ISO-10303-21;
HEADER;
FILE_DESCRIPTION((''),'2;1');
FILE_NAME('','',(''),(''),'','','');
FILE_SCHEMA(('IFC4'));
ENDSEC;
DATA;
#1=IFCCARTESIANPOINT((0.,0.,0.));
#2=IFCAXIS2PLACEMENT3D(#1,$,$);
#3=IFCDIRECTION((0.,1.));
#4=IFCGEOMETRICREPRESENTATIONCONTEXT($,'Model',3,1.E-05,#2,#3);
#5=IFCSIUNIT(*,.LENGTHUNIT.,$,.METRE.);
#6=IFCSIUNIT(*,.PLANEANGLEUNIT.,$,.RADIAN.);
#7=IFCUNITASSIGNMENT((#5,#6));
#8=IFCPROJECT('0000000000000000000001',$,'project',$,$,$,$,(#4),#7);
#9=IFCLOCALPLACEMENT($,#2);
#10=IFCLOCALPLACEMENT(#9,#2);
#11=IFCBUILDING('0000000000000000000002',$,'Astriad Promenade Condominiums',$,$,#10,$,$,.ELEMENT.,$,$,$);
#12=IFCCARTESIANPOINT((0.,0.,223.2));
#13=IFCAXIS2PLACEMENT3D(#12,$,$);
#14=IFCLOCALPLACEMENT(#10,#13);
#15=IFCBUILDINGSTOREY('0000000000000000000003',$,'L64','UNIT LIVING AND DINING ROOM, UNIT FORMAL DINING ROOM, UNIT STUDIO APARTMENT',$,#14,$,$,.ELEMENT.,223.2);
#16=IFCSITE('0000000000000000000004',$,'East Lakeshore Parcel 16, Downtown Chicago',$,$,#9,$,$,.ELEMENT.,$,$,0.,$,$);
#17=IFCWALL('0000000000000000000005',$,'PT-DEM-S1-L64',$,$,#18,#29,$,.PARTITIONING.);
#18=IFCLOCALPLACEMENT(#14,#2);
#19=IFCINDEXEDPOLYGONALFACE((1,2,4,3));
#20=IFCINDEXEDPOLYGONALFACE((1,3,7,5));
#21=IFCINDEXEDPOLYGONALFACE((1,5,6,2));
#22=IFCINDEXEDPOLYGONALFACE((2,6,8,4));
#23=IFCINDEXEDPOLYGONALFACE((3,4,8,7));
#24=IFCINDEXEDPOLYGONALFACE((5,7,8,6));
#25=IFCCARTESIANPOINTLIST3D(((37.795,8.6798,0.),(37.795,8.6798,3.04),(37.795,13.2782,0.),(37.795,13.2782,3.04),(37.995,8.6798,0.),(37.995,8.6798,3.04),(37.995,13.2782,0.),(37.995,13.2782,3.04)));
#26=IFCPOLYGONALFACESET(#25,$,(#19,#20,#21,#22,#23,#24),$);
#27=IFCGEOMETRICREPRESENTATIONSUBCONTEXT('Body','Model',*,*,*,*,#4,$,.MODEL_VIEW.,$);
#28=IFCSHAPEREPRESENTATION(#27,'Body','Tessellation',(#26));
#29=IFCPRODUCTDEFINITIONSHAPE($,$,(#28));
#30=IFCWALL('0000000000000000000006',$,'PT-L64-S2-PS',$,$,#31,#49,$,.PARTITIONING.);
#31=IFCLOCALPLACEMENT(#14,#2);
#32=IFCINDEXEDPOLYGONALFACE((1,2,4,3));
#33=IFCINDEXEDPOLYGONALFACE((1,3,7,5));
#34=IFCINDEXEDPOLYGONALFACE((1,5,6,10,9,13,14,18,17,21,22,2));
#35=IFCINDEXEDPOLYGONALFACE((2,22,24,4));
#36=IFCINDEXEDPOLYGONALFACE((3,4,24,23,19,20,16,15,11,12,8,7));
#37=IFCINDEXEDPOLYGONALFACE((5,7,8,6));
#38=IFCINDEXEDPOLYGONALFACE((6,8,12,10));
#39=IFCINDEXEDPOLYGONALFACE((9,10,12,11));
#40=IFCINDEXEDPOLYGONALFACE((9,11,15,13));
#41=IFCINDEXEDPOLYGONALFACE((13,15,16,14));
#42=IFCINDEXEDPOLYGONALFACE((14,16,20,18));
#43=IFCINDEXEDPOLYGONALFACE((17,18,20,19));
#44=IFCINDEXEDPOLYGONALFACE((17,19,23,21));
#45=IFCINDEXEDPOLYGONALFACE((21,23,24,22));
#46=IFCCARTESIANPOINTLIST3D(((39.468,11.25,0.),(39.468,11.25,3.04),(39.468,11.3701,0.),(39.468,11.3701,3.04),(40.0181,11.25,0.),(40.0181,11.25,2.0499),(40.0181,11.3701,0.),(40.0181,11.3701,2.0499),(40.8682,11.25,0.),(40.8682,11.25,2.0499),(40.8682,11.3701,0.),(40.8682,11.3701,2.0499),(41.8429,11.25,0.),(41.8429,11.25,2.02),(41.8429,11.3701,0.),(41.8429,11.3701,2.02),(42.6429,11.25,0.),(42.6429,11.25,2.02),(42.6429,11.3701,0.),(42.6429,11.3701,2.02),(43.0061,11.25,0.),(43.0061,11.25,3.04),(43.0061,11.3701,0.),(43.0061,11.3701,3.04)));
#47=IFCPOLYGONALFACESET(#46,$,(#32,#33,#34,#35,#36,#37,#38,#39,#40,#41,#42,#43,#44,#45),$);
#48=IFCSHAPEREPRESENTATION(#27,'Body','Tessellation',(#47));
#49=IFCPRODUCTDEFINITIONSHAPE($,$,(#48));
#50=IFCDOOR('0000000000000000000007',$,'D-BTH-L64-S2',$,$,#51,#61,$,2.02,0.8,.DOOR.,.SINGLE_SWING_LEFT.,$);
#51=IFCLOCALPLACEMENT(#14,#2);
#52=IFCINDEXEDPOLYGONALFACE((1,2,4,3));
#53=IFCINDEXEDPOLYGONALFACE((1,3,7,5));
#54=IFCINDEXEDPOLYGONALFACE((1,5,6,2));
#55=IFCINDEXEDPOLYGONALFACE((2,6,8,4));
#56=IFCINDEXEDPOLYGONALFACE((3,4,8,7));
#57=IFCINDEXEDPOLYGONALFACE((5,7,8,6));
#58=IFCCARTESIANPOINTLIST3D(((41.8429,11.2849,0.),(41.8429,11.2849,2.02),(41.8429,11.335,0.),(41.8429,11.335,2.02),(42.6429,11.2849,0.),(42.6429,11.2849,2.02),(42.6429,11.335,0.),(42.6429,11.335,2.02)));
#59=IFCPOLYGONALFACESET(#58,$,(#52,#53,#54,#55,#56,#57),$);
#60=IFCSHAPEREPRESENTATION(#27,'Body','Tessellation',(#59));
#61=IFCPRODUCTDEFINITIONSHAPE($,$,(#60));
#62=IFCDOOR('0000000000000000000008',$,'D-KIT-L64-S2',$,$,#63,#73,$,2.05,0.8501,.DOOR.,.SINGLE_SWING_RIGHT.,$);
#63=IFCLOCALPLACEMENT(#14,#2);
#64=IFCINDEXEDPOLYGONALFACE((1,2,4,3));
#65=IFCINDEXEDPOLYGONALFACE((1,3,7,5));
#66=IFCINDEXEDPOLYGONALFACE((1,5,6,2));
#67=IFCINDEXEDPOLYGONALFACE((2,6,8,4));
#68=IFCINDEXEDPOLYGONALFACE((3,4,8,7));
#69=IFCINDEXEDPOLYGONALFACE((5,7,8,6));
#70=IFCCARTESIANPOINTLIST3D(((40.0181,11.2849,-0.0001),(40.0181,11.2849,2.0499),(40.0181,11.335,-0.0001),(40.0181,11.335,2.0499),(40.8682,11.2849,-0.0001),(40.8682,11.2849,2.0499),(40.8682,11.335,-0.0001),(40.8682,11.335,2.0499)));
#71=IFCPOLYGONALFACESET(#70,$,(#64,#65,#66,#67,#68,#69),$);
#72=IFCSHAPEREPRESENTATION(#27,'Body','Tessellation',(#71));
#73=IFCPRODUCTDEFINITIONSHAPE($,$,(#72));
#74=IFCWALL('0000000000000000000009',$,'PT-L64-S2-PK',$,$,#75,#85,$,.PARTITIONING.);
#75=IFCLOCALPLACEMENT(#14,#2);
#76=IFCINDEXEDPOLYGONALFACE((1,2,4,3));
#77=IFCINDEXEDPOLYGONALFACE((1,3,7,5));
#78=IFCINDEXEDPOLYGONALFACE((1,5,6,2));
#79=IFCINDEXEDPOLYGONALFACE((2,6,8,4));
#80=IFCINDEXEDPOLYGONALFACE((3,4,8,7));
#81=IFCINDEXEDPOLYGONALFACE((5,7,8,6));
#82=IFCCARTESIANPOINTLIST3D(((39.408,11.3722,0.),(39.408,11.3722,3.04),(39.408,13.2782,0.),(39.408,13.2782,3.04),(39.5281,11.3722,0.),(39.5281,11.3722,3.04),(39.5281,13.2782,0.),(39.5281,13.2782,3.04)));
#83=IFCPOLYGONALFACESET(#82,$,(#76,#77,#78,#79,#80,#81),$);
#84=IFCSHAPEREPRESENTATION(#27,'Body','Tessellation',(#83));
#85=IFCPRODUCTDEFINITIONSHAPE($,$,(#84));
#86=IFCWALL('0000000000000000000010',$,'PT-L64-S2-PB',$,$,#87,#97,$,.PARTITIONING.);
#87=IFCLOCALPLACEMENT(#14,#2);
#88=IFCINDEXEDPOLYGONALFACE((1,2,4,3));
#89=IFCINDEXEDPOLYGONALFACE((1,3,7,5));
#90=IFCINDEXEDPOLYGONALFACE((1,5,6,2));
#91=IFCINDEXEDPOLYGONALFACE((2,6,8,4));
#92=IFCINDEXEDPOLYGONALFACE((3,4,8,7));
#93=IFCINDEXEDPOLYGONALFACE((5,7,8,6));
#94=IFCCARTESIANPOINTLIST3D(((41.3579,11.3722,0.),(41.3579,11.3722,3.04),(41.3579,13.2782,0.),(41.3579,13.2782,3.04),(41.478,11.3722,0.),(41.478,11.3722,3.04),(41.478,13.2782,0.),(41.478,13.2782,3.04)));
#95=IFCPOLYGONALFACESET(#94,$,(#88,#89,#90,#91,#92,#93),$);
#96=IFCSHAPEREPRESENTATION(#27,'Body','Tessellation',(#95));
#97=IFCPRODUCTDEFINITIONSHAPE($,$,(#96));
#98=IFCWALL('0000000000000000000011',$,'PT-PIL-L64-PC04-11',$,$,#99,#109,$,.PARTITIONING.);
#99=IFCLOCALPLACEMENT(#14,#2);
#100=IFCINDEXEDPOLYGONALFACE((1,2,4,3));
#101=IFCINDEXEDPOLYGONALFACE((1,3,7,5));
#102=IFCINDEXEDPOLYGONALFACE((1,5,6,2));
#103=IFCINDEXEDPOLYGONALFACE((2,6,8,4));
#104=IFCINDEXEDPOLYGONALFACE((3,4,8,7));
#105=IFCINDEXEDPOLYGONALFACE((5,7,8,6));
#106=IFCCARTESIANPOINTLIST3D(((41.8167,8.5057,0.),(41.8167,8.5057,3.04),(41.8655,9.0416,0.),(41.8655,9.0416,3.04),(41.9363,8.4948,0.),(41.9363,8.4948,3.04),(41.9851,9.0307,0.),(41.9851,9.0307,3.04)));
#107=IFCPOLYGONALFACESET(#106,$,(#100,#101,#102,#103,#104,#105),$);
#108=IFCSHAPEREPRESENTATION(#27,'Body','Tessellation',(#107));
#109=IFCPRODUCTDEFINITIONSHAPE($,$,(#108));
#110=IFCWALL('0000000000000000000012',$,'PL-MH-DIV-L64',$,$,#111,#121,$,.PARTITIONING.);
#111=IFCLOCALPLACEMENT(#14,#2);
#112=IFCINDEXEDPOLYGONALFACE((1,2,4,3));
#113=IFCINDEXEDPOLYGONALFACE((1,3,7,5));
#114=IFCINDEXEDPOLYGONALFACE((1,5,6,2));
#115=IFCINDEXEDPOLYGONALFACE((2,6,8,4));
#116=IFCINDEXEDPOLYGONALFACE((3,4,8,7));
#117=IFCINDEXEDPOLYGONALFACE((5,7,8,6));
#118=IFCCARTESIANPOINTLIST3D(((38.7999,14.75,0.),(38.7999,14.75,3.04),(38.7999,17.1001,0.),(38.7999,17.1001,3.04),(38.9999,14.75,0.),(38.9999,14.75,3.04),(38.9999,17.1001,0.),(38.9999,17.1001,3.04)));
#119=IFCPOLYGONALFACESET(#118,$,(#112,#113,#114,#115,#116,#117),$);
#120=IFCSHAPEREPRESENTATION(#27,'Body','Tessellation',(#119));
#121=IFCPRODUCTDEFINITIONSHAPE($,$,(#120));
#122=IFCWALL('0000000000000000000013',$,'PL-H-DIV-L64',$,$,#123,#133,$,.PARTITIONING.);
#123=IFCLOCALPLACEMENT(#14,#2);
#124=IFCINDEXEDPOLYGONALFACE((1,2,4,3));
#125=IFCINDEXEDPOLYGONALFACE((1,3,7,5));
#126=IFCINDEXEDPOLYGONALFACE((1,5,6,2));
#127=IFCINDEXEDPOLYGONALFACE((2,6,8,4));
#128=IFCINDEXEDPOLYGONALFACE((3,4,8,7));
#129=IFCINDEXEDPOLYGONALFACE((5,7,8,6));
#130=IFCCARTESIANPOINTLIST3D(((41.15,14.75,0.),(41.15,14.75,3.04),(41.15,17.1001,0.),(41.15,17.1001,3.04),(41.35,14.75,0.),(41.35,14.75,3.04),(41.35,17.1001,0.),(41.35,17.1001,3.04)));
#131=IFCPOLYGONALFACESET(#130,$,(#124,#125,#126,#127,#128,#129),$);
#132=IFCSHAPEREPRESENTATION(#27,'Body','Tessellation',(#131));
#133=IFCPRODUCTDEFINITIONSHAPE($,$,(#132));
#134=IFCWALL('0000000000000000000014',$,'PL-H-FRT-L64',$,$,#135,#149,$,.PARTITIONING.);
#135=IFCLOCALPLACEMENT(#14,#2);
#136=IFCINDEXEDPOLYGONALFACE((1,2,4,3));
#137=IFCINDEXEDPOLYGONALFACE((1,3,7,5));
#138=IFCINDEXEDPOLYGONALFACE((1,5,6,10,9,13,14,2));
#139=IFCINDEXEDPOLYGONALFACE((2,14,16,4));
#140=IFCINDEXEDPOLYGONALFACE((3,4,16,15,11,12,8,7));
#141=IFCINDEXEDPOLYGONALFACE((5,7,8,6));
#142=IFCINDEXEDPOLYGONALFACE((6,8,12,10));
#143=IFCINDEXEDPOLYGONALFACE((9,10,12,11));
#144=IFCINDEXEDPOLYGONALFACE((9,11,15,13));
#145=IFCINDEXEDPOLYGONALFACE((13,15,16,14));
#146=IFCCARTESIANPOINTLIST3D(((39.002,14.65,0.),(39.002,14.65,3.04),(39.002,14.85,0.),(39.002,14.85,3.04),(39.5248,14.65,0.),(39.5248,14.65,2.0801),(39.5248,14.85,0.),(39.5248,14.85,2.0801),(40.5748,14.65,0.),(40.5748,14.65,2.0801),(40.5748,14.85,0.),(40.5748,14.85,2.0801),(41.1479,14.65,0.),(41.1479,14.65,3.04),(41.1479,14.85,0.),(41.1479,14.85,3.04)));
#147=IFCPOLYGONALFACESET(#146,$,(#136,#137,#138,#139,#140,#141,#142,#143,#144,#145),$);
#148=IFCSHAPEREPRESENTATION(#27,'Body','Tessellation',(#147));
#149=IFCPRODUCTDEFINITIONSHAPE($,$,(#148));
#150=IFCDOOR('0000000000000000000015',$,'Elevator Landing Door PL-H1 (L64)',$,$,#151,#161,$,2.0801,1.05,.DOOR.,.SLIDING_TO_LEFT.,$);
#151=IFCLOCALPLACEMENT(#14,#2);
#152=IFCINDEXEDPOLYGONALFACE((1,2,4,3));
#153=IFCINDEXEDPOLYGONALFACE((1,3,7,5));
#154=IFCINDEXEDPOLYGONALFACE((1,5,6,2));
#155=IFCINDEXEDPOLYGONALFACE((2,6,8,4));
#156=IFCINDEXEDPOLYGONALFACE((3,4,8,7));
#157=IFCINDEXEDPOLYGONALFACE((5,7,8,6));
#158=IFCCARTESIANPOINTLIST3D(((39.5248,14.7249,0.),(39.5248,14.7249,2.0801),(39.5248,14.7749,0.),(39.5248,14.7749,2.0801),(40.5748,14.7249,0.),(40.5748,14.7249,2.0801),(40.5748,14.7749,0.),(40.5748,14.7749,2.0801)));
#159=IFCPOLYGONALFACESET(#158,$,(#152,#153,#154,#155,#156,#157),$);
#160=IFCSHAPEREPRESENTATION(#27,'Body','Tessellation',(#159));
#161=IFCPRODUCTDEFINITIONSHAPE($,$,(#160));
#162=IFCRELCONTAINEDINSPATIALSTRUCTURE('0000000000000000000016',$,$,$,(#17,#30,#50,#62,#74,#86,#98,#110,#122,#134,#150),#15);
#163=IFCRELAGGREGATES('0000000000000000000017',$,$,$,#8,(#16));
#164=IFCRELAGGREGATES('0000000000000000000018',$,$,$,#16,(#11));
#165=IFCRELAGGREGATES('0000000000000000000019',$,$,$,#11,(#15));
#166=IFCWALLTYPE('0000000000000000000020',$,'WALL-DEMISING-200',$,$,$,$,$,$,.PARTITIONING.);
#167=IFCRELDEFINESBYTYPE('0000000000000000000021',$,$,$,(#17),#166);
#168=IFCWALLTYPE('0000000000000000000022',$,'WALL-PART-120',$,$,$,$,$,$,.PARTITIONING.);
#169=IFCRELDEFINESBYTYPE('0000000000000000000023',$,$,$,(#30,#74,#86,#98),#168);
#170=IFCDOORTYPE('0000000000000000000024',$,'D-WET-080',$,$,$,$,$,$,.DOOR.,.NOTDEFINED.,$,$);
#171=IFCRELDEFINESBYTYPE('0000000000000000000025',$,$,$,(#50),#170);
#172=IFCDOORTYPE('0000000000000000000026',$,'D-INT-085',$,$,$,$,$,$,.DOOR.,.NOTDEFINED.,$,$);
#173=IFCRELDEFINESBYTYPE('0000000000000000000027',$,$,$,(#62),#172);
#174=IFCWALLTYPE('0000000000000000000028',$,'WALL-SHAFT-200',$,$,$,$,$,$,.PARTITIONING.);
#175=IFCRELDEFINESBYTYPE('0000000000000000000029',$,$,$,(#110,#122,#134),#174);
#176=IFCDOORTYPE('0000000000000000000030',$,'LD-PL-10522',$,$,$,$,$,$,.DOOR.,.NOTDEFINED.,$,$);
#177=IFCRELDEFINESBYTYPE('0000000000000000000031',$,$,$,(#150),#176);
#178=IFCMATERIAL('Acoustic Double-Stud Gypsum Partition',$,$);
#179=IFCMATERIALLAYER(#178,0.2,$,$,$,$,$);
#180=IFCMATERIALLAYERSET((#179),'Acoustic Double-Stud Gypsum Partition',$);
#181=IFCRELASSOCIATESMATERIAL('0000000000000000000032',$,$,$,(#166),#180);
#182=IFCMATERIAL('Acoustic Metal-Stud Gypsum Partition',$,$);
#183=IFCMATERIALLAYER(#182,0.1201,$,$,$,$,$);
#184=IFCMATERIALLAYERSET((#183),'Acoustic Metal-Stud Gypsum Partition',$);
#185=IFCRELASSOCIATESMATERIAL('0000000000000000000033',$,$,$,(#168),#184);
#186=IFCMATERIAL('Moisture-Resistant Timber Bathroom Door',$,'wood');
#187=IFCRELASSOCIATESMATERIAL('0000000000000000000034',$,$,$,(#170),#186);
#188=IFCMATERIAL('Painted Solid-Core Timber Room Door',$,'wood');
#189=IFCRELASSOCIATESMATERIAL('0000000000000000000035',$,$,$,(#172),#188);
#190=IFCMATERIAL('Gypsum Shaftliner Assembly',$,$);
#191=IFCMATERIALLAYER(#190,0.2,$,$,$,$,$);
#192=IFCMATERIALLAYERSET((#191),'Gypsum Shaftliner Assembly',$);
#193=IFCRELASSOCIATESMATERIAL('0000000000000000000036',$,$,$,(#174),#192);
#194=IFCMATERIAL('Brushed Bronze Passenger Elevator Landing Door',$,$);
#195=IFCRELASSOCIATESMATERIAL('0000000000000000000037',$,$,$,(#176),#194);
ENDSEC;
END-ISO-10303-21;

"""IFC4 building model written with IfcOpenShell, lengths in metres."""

from ifc_helpers import new_model, si_unit, direction, frame, frame_2d, origin, place, context, subcontext, project, spatial, rectangle, extrude, source, transform, mapped, material, layer, layer_set, type_object, type_shapes, element, fill, save


model = new_model("IFC4")

# Units and contexts
model_context = context("Model", 3, precision=1e-05, world=origin(), true_north=direction((0.0, 1.0)))
body_context = subcontext(model_context, "Body", "Model", "MODEL_VIEW")
ifc_project = project(units=[si_unit("LENGTHUNIT", "METRE"), si_unit("PLANEANGLEUNIT", "RADIAN")], contexts=[model_context])

# Site, building, storey
site_placement = place(None, origin())
site = spatial("IfcSite", under=ifc_project, at=site_placement, Name="East Lakeshore Parcel 16, Downtown Chicago", CompositionType="ELEMENT", RefElevation=0.0)
building_placement = place(site_placement, origin())
building = spatial("IfcBuilding", under=site, at=building_placement, Name="Astriad Promenade Condominiums", CompositionType="ELEMENT")
storey_placement = place(building_placement, frame((0.0, 0.0, 223.2)))
storey = spatial("IfcBuildingStorey", under=building, at=storey_placement, Name="L64", Description="UNIT LIVING AND DINING ROOM, UNIT FORMAL DINING ROOM, UNIT STUDIO APARTMENT", CompositionType="ELEMENT", Elevation=223.2)

# Wall
ifc_material_1 = material(Name="Acoustic Double-Stud Gypsum Partition")
ifc_layer_1 = layer(ifc_material_1, 0.2)
ifc_layer_set_1 = layer_set([ifc_layer_1], Name="Acoustic Double-Stud Gypsum Partition")
wall_type_1 = type_object("IfcWallType", Name="WALL-DEMISING-200", PredefinedType="PARTITIONING", material=ifc_layer_set_1)
wall_1_placement = place(storey_placement, frame((37.895, 8.6797, 0.0), z_axis=(0.0, 0.0, 1.0), x_axis=(0.0, 1.0, 0.0)))
element("IfcWall", 1, at=wall_1_placement, inside=storey, type_object=wall_type_1, Name="PT-DEM-S1-L64", PredefinedType="PARTITIONING", context=body_context, shape_type="SweptSolid", body=[
    extrude(rectangle(XDim=4.5984, YDim=0.2, at=frame_2d((2.2993, 0.0))), origin(), (0.0, 0.0, 1.0), 3.04),
])

# Wall, openings, doors
ifc_material_2 = material(Name="Acoustic Metal-Stud Gypsum Partition")
ifc_layer_2 = layer(ifc_material_2, 0.1201)
ifc_layer_set_2 = layer_set([ifc_layer_2], Name="Acoustic Metal-Stud Gypsum Partition")
wall_type_2 = type_object("IfcWallType", Name="WALL-PART-120", PredefinedType="PARTITIONING", material=ifc_layer_set_2)
wall_2_placement = place(storey_placement, frame((39.468, 11.3101, 0.0), z_axis=(0.0, 0.0, 1.0), x_axis=(1.0, 0.0, 0.0)))
wall_2 = element("IfcWall", 2, at=wall_2_placement, inside=storey, type_object=wall_type_2, Name="PT-L64-S2-PS", PredefinedType="PARTITIONING", context=body_context, shape_type="SweptSolid", body=[
    extrude(rectangle(XDim=3.5381, YDim=0.1201, at=frame_2d((1.769, 0.0))), origin(), (0.0, 0.0, 1.0), 3.04),
])
opening_1_placement = place(wall_2_placement, frame((0.55, 0.0, 0.0)))
opening_1 = element("IfcOpeningElement", 3, at=opening_1_placement, cuts=wall_2, PredefinedType="OPENING", context=body_context, shape_type="SweptSolid", body=[
    extrude(rectangle(XDim=0.8501, YDim=2.05, at=frame_2d((0.425, 1.0249))), frame((0.0, 0.0701, 0.0), z_axis=(0.0, -1.0, 0.0), x_axis=(1.0, 0.0, 0.0)), (0.0, 0.0, 1.0), 0.1401),
])
opening_2_placement = place(wall_2_placement, frame((2.375, 0.0, 0.0)))
opening_2 = element("IfcOpeningElement", 4, at=opening_2_placement, cuts=wall_2, PredefinedType="OPENING", context=body_context, shape_type="SweptSolid", body=[
    extrude(rectangle(XDim=0.8, YDim=2.02, at=frame_2d((0.3999, 1.01))), frame((0.0, 0.0701, 0.0), z_axis=(0.0, -1.0, 0.0), x_axis=(1.0, 0.0, 0.0)), (0.0, 0.0, 1.0), 0.1401),
])
ifc_material_3 = material(Name="Moisture-Resistant Timber Bathroom Door", Category="wood")
door_type_1 = type_object("IfcDoorType", Name="D-WET-080", OperationType="NOTDEFINED", PredefinedType="DOOR", material=ifc_material_3)
shared_shape_1 = source(origin(), body_context, "Body", "SweptSolid", [
    extrude(rectangle(XDim=0.8, YDim=2.02, at=frame_2d((0.3999, 1.01))), frame((0.0, 0.0249, 0.0), z_axis=(0.0, -1.0, 0.0), x_axis=(1.0, 0.0, 0.0)), (0.0, 0.0, 1.0), 0.05),
])
type_shapes(door_type_1, [shared_shape_1])
door_1_placement = place(opening_2_placement, origin())
door_1 = element("IfcDoor", 5, at=door_1_placement, inside=storey, type_object=door_type_1, Name="D-BTH-L64-S2", OperationType="SINGLE_SWING_LEFT", OverallHeight=2.02, OverallWidth=0.8, PredefinedType="DOOR", context=body_context, shape_type="MappedRepresentation", body=[
    mapped(shared_shape_1, transform((0.0, 0.0, 0.0), scale=1.0)),
])
fill(opening_2, door_1)
ifc_material_4 = material(Name="Painted Solid-Core Timber Room Door", Category="wood")
door_type_2 = type_object("IfcDoorType", Name="D-INT-085", OperationType="NOTDEFINED", PredefinedType="DOOR", material=ifc_material_4)
shared_shape_2 = source(origin(), body_context, "Body", "SweptSolid", [
    extrude(rectangle(XDim=0.8501, YDim=2.05, at=frame_2d((0.425, 1.0249))), frame((0.0, 0.0249, 0.0), z_axis=(0.0, -1.0, 0.0), x_axis=(1.0, 0.0, 0.0)), (0.0, 0.0, 1.0), 0.05),
])
type_shapes(door_type_2, [shared_shape_2])
door_2_placement = place(opening_1_placement, origin())
door_2 = element("IfcDoor", 6, at=door_2_placement, inside=storey, type_object=door_type_2, Name="D-KIT-L64-S2", OperationType="SINGLE_SWING_RIGHT", OverallHeight=2.05, OverallWidth=0.8501, PredefinedType="DOOR", context=body_context, shape_type="MappedRepresentation", body=[
    mapped(shared_shape_2, transform((0.0, 0.0, 0.0), scale=1.0)),
])
fill(opening_1, door_2)

# Walls
for number, where, z_axis, x_axis, name in (
    (7, (39.468, 11.3721, 0.0), (0.0, 0.0, 1.0), (0.0, 1.0, 0.0), "PT-L64-S2-PK"),
    (8, (41.418, 11.3721, 0.0), (0.0, 0.0, 1.0), (0.0, 1.0, 0.0), "PT-L64-S2-PB"),
):
    element("IfcWall", number, at=place(storey_placement, frame(where, z_axis=z_axis, x_axis=x_axis)), inside=storey, type_object=wall_type_2, Name=name, PredefinedType="PARTITIONING", context=body_context, shape_type="SweptSolid", body=[
        extrude(rectangle(XDim=1.906, YDim=0.1201, at=frame_2d((0.9531, 0.0))), origin(), (0.0, 0.0, 1.0), 3.04),
    ])
wall_3_placement = place(storey_placement, frame((41.9253, 9.0361, 0.0), z_axis=(0.0, 0.0, 1.0), x_axis=(-0.09074, -0.995875, 0.0)))
element("IfcWall", 9, at=wall_3_placement, inside=storey, type_object=wall_type_2, Name="PT-PIL-L64-PC04-11", PredefinedType="PARTITIONING", context=body_context, shape_type="SweptSolid", body=[
    extrude(rectangle(XDim=0.5381, YDim=0.1201, at=frame_2d((0.269, 0.0))), origin(), (0.0, 0.0, 1.0), 3.04),
])
ifc_material_5 = material(Name="Gypsum Shaftliner Assembly")
ifc_layer_3 = layer(ifc_material_5, 0.2)
ifc_layer_set_3 = layer_set([ifc_layer_3], Name="Gypsum Shaftliner Assembly")
wall_type_3 = type_object("IfcWallType", Name="WALL-SHAFT-200", PredefinedType="PARTITIONING", material=ifc_layer_set_3)
for number, where, z_axis, x_axis, name in (
    (10, (38.8999, 14.75, 0.0), (0.0, 0.0, 1.0), (0.0, 1.0, 0.0), "PL-MH-DIV-L64"),
    (11, (41.25, 14.75, 0.0), (0.0, 0.0, 1.0), (0.0, 1.0, 0.0), "PL-H-DIV-L64"),
):
    element("IfcWall", number, at=place(storey_placement, frame(where, z_axis=z_axis, x_axis=x_axis)), inside=storey, type_object=wall_type_3, Name=name, PredefinedType="PARTITIONING", context=body_context, shape_type="SweptSolid", body=[
        extrude(rectangle(XDim=2.3501, YDim=0.2, at=frame_2d((1.175, 0.0))), origin(), (0.0, 0.0, 1.0), 3.04),
    ])

# Wall, opening, door
wall_4_placement = place(storey_placement, frame((39.002, 14.75, 0.0), z_axis=(0.0, 0.0, 1.0), x_axis=(1.0, 0.0, 0.0)))
wall_4 = element("IfcWall", 12, at=wall_4_placement, inside=storey, type_object=wall_type_3, Name="PL-H-FRT-L64", PredefinedType="PARTITIONING", context=body_context, shape_type="SweptSolid", body=[
    extrude(rectangle(XDim=2.146, YDim=0.2, at=frame_2d((1.073, 0.0))), origin(), (0.0, 0.0, 1.0), 3.04),
])
opening_3_placement = place(wall_4_placement, frame((0.5229, 0.0, 0.0)))
opening_3 = element("IfcOpeningElement", 13, at=opening_3_placement, cuts=wall_4, PredefinedType="OPENING", context=body_context, shape_type="SweptSolid", body=[
    extrude(rectangle(XDim=1.05, YDim=2.0801, at=frame_2d((0.5249, 1.04))), frame((0.0, 0.1099, 0.0), z_axis=(0.0, -1.0, 0.0), x_axis=(1.0, 0.0, 0.0)), (0.0, 0.0, 1.0), 0.22),
])
ifc_material_6 = material(Name="Brushed Bronze Passenger Elevator Landing Door")
door_type_3 = type_object("IfcDoorType", Name="LD-PL-10522", OperationType="NOTDEFINED", PredefinedType="DOOR", material=ifc_material_6)
shared_shape_3 = source(origin(), body_context, "Body", "SweptSolid", [
    extrude(rectangle(XDim=1.05, YDim=2.0801, at=frame_2d((0.5249, 1.04))), frame((0.0, 0.0249, 0.0), z_axis=(0.0, -1.0, 0.0), x_axis=(1.0, 0.0, 0.0)), (0.0, 0.0, 1.0), 0.05),
])
type_shapes(door_type_3, [shared_shape_3])
door_3_placement = place(opening_3_placement, origin())
door_3 = element("IfcDoor", 14, at=door_3_placement, inside=storey, type_object=door_type_3, Name="Elevator Landing Door PL-H1 (L64)", OperationType="SLIDING_TO_LEFT", OverallHeight=2.0801, OverallWidth=1.05, PredefinedType="DOOR", context=body_context, shape_type="MappedRepresentation", body=[
    mapped(shared_shape_3, transform((0.0, 0.0, 0.0), scale=1.0)),
])
fill(opening_3, door_3)

save(model, "model.ifc")
